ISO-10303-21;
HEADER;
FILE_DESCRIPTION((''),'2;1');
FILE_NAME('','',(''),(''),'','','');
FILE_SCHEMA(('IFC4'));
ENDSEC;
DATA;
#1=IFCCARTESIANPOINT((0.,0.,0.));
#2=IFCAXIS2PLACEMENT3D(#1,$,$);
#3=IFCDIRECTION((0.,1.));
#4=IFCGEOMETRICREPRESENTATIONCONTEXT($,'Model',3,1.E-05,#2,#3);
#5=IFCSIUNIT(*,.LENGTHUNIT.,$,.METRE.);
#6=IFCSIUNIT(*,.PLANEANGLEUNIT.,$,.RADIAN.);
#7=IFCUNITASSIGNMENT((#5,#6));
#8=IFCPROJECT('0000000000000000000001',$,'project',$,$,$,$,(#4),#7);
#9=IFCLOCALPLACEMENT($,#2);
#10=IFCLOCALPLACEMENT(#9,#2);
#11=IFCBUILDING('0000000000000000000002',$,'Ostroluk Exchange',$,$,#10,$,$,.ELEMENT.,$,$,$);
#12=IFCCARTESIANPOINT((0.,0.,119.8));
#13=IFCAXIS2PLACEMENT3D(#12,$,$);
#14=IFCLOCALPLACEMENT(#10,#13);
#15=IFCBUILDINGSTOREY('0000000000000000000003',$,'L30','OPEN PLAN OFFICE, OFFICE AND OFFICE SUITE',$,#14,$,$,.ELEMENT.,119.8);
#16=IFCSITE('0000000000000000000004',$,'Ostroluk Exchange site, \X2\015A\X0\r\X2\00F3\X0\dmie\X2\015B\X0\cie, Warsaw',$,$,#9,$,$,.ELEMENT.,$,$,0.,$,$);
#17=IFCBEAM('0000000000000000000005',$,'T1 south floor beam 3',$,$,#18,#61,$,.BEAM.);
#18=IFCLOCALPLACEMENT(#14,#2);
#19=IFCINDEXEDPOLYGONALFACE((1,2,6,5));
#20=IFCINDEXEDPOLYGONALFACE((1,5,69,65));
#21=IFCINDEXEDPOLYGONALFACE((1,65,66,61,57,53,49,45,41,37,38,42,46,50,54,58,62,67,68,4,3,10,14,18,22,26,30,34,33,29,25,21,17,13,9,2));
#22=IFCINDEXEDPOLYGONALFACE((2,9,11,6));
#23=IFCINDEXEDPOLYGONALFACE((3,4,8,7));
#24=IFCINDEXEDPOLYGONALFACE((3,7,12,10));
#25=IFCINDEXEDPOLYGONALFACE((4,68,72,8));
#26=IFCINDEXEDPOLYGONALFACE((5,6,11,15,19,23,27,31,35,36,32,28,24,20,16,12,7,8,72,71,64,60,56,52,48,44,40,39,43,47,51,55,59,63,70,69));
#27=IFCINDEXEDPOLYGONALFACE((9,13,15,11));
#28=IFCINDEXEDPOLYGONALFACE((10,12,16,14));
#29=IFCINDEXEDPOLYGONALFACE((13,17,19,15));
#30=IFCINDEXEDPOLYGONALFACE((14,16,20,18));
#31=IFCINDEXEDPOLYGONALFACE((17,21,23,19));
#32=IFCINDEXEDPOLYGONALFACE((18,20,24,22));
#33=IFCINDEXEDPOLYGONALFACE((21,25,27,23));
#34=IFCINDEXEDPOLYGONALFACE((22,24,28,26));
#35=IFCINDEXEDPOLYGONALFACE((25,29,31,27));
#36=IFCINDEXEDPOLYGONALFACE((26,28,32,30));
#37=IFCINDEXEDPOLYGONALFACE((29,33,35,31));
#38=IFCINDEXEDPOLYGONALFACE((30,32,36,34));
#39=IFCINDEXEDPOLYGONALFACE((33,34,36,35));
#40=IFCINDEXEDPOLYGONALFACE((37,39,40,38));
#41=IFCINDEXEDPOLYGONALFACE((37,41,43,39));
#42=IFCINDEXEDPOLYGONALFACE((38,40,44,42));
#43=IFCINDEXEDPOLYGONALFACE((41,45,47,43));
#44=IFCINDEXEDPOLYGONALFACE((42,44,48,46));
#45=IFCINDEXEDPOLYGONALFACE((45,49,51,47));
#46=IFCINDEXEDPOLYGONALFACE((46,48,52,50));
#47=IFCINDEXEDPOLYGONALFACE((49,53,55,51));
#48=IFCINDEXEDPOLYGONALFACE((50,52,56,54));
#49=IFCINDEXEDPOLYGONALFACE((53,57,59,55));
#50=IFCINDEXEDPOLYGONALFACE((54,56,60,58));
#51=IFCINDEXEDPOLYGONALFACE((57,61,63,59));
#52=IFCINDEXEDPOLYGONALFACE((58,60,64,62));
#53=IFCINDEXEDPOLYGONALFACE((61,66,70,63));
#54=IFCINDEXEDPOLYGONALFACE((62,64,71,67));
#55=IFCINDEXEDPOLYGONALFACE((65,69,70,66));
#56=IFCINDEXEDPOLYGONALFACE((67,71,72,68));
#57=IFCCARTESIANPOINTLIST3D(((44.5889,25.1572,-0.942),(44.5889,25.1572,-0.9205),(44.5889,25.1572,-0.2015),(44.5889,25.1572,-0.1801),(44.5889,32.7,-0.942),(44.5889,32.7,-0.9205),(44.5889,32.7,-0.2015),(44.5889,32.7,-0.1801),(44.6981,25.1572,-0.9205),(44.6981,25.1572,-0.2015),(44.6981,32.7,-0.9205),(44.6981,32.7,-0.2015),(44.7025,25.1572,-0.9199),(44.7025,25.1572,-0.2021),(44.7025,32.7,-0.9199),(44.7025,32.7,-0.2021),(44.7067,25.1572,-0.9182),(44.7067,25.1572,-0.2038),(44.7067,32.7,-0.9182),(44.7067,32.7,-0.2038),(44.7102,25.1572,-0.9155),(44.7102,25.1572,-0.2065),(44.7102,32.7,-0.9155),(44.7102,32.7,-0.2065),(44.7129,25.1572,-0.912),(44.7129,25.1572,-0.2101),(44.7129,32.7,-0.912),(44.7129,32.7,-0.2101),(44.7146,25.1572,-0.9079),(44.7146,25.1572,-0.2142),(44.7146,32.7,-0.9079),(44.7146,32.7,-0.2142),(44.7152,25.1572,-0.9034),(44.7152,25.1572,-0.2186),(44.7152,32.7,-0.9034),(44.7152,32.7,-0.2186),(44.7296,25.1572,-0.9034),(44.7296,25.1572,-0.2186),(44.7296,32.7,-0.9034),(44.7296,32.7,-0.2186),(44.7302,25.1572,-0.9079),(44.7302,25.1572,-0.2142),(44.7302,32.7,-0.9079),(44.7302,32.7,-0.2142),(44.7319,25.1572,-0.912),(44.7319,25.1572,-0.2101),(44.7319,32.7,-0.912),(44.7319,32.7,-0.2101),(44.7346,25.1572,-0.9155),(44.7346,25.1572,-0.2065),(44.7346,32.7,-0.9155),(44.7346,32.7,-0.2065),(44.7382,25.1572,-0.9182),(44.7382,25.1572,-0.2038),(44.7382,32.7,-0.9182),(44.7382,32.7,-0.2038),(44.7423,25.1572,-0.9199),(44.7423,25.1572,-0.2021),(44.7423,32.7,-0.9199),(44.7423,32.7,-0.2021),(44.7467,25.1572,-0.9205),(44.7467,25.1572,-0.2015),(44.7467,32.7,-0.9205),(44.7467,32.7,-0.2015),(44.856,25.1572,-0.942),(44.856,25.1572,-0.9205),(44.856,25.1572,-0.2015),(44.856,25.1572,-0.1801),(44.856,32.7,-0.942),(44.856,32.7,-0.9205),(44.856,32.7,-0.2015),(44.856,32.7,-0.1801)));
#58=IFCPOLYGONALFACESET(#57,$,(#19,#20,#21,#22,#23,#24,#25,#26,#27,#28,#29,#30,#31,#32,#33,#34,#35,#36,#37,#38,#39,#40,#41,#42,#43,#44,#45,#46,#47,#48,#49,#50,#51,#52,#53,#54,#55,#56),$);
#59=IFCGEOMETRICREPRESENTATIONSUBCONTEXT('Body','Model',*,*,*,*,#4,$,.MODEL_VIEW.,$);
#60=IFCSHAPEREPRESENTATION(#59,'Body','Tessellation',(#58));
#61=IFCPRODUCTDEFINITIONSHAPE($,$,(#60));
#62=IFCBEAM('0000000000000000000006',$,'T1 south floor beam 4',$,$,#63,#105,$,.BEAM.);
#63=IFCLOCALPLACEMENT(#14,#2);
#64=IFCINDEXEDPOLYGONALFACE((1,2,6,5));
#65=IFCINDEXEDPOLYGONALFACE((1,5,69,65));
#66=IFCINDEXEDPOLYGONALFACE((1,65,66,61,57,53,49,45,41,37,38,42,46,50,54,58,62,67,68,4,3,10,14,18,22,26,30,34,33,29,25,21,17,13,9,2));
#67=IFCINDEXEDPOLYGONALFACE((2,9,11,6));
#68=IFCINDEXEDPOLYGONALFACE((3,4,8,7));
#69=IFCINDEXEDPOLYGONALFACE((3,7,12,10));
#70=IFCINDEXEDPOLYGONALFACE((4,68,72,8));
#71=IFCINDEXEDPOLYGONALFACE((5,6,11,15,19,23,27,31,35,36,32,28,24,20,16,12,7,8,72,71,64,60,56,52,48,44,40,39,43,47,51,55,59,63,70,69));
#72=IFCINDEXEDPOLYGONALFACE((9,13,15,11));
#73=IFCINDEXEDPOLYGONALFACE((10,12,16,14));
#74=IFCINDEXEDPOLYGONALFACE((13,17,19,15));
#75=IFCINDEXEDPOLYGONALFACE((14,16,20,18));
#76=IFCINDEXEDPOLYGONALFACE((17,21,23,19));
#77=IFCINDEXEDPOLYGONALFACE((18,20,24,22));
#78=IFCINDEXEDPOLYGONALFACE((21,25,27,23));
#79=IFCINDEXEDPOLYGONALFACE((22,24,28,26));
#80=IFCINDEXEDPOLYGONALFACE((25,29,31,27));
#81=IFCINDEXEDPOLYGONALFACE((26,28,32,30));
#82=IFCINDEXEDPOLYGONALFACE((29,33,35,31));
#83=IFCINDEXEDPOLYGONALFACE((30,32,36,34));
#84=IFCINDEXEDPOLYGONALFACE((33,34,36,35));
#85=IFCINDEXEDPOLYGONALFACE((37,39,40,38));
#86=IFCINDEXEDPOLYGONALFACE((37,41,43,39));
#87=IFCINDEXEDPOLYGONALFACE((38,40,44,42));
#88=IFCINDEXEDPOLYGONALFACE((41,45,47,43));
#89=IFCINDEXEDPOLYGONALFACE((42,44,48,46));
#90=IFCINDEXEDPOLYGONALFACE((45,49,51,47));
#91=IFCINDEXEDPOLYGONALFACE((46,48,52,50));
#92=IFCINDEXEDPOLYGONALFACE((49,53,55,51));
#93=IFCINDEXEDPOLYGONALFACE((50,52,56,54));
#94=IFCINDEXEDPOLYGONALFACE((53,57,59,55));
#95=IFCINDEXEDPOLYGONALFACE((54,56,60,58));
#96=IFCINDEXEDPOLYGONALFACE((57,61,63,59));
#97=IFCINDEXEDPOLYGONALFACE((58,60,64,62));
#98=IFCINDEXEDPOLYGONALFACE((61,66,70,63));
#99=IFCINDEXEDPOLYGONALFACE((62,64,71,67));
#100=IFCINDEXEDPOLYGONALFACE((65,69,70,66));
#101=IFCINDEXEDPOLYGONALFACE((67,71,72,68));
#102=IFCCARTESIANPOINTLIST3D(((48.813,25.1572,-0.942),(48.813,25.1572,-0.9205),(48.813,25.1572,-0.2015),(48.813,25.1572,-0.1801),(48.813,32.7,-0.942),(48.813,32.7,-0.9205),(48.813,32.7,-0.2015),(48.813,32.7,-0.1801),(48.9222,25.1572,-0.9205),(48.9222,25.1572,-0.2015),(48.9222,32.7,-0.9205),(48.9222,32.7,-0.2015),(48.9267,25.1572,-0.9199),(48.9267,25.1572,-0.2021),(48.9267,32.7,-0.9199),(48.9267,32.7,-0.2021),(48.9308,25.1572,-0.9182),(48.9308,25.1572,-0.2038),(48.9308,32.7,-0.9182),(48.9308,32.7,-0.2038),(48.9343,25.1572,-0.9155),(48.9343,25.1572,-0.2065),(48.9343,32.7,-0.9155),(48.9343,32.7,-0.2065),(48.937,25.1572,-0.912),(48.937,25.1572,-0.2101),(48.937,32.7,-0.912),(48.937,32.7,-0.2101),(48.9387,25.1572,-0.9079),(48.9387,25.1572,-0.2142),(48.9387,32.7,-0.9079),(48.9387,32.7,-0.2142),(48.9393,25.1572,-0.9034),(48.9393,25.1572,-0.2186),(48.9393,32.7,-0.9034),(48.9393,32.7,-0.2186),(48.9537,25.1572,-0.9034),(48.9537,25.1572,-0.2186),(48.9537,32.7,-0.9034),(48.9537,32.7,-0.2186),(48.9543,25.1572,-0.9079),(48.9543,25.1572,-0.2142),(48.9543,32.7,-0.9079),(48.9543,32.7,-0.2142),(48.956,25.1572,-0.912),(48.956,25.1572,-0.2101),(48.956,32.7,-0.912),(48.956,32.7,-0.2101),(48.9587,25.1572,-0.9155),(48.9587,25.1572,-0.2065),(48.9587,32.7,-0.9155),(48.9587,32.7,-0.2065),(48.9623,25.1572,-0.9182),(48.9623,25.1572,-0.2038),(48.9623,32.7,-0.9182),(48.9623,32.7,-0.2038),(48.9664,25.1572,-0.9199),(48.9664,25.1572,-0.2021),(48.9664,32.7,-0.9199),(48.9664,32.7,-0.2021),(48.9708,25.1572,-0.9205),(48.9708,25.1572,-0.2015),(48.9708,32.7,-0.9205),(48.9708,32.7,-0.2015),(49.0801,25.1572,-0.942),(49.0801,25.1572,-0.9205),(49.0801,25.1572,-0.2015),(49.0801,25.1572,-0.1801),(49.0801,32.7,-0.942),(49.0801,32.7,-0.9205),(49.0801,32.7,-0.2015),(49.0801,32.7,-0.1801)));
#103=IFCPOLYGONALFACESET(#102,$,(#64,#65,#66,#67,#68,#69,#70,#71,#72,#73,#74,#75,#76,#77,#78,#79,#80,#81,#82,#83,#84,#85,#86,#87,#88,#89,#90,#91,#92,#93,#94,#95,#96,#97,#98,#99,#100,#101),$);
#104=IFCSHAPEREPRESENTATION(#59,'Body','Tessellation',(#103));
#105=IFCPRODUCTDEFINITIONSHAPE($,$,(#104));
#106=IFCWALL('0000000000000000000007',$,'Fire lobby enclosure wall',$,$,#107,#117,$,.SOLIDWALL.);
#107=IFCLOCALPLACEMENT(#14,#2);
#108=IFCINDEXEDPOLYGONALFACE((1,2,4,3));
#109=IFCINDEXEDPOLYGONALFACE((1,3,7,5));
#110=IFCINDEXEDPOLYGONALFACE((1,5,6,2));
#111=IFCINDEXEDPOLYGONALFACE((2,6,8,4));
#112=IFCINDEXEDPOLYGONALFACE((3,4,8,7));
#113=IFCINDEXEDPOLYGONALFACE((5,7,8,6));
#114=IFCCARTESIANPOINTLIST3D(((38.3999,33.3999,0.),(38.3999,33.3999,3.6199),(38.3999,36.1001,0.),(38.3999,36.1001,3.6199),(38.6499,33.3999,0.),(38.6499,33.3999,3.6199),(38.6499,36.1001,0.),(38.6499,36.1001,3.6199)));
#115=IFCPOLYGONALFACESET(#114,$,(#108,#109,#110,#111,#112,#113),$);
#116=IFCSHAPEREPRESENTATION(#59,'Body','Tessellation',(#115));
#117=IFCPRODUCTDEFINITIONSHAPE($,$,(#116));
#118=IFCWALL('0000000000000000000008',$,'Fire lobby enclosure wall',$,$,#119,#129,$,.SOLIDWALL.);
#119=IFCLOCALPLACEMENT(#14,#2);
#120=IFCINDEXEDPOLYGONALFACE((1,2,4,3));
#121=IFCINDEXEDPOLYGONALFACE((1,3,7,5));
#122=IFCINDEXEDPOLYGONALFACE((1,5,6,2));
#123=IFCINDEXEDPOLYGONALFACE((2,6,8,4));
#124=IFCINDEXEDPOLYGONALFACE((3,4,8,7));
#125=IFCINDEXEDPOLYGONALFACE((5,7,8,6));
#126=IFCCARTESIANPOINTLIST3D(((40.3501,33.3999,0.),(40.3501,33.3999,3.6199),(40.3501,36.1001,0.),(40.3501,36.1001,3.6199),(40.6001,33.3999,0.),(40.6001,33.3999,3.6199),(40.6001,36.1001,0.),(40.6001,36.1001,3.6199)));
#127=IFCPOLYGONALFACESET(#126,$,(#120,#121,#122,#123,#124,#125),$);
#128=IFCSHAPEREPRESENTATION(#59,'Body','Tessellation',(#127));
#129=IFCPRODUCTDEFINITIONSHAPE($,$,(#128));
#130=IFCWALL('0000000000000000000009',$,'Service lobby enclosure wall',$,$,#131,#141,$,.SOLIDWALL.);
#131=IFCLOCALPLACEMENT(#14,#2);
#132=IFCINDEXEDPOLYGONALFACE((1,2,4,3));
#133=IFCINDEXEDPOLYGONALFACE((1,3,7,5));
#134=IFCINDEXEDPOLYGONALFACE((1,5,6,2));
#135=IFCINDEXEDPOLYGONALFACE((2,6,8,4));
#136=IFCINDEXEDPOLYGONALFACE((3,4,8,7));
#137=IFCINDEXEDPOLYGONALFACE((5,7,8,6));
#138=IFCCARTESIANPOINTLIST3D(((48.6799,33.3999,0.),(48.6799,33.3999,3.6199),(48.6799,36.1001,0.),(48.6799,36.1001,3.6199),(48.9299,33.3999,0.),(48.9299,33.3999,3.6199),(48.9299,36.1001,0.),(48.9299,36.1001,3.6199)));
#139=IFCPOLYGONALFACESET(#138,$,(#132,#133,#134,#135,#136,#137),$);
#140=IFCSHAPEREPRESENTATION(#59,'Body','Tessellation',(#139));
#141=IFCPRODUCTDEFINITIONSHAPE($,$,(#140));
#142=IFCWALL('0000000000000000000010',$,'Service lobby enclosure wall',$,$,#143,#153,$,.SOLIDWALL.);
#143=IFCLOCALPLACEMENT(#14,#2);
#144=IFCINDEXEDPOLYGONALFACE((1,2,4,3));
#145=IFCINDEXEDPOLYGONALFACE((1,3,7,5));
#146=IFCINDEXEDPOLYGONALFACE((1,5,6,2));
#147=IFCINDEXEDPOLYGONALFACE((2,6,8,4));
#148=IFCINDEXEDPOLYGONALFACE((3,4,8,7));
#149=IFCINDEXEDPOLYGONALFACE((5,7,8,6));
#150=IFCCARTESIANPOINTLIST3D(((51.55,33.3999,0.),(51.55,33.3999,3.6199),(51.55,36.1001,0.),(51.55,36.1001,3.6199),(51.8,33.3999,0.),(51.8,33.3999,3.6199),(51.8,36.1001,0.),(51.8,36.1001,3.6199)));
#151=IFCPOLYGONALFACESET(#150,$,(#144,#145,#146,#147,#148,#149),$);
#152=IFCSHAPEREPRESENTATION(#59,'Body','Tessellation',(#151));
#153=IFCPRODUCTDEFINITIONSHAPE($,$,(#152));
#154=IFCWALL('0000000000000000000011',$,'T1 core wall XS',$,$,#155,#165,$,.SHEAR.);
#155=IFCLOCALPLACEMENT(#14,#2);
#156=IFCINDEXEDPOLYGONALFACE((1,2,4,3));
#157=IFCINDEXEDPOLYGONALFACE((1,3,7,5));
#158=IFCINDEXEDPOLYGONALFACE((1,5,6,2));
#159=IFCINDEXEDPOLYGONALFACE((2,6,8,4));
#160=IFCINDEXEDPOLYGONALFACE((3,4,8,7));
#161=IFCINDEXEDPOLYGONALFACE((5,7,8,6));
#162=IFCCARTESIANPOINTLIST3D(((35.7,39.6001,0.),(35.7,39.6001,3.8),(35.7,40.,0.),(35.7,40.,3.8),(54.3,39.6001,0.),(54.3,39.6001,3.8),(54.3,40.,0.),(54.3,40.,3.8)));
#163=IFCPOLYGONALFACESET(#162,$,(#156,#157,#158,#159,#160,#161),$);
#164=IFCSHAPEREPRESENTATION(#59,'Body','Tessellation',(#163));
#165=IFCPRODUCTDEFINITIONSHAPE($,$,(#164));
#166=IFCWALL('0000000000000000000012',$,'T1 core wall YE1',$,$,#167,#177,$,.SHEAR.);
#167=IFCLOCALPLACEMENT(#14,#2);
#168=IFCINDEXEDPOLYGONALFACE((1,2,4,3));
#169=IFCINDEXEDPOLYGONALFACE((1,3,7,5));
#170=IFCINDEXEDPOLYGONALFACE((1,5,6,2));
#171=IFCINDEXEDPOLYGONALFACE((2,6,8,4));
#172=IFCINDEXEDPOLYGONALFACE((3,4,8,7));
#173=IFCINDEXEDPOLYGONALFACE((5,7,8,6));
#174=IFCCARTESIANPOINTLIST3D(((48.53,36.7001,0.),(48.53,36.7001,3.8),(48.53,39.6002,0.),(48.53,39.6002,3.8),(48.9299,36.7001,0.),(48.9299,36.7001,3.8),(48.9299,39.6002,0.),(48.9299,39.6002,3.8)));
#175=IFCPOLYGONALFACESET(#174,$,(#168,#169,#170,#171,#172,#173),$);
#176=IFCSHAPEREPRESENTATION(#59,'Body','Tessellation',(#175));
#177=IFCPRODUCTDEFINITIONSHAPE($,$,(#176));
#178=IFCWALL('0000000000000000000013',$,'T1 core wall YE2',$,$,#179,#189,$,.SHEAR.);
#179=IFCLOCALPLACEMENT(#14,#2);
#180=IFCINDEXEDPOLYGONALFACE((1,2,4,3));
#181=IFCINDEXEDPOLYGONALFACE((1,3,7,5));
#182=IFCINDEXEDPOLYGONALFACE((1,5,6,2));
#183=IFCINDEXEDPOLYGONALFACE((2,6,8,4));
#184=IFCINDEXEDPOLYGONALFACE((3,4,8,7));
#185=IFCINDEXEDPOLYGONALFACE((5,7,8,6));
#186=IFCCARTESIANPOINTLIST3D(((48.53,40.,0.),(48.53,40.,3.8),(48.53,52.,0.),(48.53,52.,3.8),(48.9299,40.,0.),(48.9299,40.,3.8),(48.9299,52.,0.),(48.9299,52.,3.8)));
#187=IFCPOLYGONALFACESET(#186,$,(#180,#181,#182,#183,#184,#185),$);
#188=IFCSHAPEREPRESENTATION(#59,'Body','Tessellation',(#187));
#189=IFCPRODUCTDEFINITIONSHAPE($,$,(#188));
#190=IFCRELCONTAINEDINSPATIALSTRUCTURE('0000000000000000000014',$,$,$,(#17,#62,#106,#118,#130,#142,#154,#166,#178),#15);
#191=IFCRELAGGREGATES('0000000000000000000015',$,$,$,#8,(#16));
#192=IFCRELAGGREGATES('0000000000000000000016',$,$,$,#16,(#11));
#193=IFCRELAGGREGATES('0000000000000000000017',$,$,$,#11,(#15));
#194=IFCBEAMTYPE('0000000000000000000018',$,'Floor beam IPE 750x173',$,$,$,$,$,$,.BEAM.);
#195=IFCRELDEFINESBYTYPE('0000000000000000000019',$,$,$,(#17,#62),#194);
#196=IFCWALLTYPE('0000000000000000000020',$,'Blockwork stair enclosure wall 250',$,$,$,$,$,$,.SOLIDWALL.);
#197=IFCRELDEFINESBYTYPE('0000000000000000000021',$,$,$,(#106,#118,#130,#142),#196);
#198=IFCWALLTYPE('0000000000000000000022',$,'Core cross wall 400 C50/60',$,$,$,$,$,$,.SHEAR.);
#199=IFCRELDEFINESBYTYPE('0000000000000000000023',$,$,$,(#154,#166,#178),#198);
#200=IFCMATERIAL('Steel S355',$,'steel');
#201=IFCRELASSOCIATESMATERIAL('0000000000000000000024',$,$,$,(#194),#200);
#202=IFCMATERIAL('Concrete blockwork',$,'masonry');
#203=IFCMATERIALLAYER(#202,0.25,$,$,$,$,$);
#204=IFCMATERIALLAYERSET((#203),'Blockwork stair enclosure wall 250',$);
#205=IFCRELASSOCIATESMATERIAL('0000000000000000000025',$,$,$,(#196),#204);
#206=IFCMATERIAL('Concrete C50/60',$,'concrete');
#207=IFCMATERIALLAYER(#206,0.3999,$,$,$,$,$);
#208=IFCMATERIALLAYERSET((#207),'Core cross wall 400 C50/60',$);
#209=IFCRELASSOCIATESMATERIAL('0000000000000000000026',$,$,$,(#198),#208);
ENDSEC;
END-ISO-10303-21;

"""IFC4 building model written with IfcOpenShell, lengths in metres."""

from ifc_helpers import new_model, si_unit, direction, frame, frame_2d, origin, origin_2d, place, context, subcontext, project, spatial, rectangle, i_section, extrude, material, layer, layer_set, material_profile, profile_set, type_object, element, save


model = new_model("IFC4")

# Units and contexts
model_context = context("Model", 3, precision=1e-05, world=origin(), true_north=direction((0.0, 1.0)))
body_context = subcontext(model_context, "Body", "Model", "MODEL_VIEW")
ifc_project = project(units=[si_unit("LENGTHUNIT", "METRE"), si_unit("PLANEANGLEUNIT", "RADIAN")], contexts=[model_context])

# Site, building, storey
site_placement = place(None, origin())
site = spatial("IfcSite", under=ifc_project, at=site_placement, Name="Ostroluk Exchange site, Śródmieście, Warsaw", CompositionType="ELEMENT", RefElevation=0.0)
building_placement = place(site_placement, origin())
building = spatial("IfcBuilding", under=site, at=building_placement, Name="Ostroluk Exchange", CompositionType="ELEMENT")
storey_placement = place(building_placement, frame((0.0, 0.0, 119.8)))
storey = spatial("IfcBuildingStorey", under=building, at=storey_placement, Name="L30", Description="OPEN PLAN OFFICE, OFFICE AND OFFICE SUITE", CompositionType="ELEMENT", Elevation=119.8)

# Beams
ifc_material_1 = material(Name="Steel S355", Category="steel")
ifc_material_profile = material_profile(ifc_material_1, i_section(OverallWidth=0.2671, OverallDepth=0.762, WebThickness=0.0144, FlangeThickness=0.0215, FilletRadius=0.0171, at=origin_2d()), Name="IPE 750x173")
ifc_profile_set = profile_set([ifc_material_profile], Name="Steel S355")
beam_type = type_object("IfcBeamType", Name="Floor beam IPE 750x173", PredefinedType="BEAM", material=ifc_profile_set)
for number, where, z_axis, x_axis, name in (
    (1, (44.7224, 32.7, -0.561), (0.0, -1.0, 0.0), (1.0, 0.0, 0.0), "T1 south floor beam 3"),
    (2, (48.9465, 32.7, -0.561), (0.0, -1.0, 0.0), (1.0, 0.0, 0.0), "T1 south floor beam 4"),
):
    element("IfcBeam", number, at=place(storey_placement, frame(where, z_axis=z_axis, x_axis=x_axis)), inside=storey, type_object=beam_type, Name=name, PredefinedType="BEAM", context=body_context, shape_type="SweptSolid", body=[
        extrude(i_section(OverallWidth=0.2671, OverallDepth=0.762, WebThickness=0.0144, FlangeThickness=0.0215, FilletRadius=0.0171, at=origin_2d()), origin(), (0.0, 0.0, 1.0), 7.5427),
    ])

# Walls
ifc_material_2 = material(Name="Concrete blockwork", Category="masonry")
ifc_layer_1 = layer(ifc_material_2, 0.25)
ifc_layer_set_1 = layer_set([ifc_layer_1], Name="Blockwork stair enclosure wall 250")
wall_type_1 = type_object("IfcWallType", Name="Blockwork stair enclosure wall 250", PredefinedType="SOLIDWALL", material=ifc_layer_set_1)
for number, where, z_axis, x_axis, name in (
    (3, (38.5249, 33.3999, 0.0), (0.0, 0.0, 1.0), (0.0, 1.0, 0.0), "Fire lobby enclosure wall"),
    (4, (40.4751, 33.3999, 0.0), (0.0, 0.0, 1.0), (0.0, 1.0, 0.0), "Fire lobby enclosure wall"),
    (5, (48.8049, 33.3999, 0.0), (0.0, 0.0, 1.0), (0.0, 1.0, 0.0), "Service lobby enclosure wall"),
    (6, (51.675, 33.3999, 0.0), (0.0, 0.0, 1.0), (0.0, 1.0, 0.0), "Service lobby enclosure wall"),
):
    element("IfcWall", number, at=place(storey_placement, frame(where, z_axis=z_axis, x_axis=x_axis)), inside=storey, type_object=wall_type_1, Name=name, PredefinedType="SOLIDWALL", context=body_context, shape_type="SweptSolid", body=[
        extrude(rectangle(XDim=2.7002, YDim=0.25, at=frame_2d((1.3501, 0.0))), origin(), (0.0, 0.0, 1.0), 3.6199),
    ])
ifc_material_3 = material(Name="Concrete C50/60", Category="concrete")
ifc_layer_2 = layer(ifc_material_3, 0.3999)
ifc_layer_set_2 = layer_set([ifc_layer_2], Name="Core cross wall 400 C50/60")
wall_type_2 = type_object("IfcWallType", Name="Core cross wall 400 C50/60", PredefinedType="SHEAR", material=ifc_layer_set_2)
wall_1_placement = place(storey_placement, frame((35.7, 39.8, 0.0), z_axis=(0.0, 0.0, 1.0), x_axis=(1.0, 0.0, 0.0)))
element("IfcWall", 7, at=wall_1_placement, inside=storey, type_object=wall_type_2, Name="T1 core wall XS", PredefinedType="SHEAR", context=body_context, shape_type="SweptSolid", body=[
    extrude(rectangle(XDim=18.6001, YDim=0.3999, at=frame_2d((9.3, 0.0))), origin(), (0.0, 0.0, 1.0), 3.8),
])
wall_2_placement = place(storey_placement, frame((48.73, 36.7, 0.0), z_axis=(0.0, 0.0, 1.0), x_axis=(0.0, 1.0, 0.0)))
element("IfcWall", 8, at=wall_2_placement, inside=storey, type_object=wall_type_2, Name="T1 core wall YE1", PredefinedType="SHEAR", context=body_context, shape_type="SweptSolid", body=[
    extrude(rectangle(XDim=2.9001, YDim=0.3999, at=frame_2d((1.4502, 0.0))), origin(), (0.0, 0.0, 1.0), 3.8),
])
wall_3_placement = place(storey_placement, frame((48.73, 40.0, 0.0), z_axis=(0.0, 0.0, 1.0), x_axis=(0.0, 1.0, 0.0)))
element("IfcWall", 9, at=wall_3_placement, inside=storey, type_object=wall_type_2, Name="T1 core wall YE2", PredefinedType="SHEAR", context=body_context, shape_type="SweptSolid", body=[
    extrude(rectangle(XDim=12.0, YDim=0.3999, at=frame_2d((6.0, 0.0))), origin(), (0.0, 0.0, 1.0), 3.8),
])

save(model, "model.ifc")
